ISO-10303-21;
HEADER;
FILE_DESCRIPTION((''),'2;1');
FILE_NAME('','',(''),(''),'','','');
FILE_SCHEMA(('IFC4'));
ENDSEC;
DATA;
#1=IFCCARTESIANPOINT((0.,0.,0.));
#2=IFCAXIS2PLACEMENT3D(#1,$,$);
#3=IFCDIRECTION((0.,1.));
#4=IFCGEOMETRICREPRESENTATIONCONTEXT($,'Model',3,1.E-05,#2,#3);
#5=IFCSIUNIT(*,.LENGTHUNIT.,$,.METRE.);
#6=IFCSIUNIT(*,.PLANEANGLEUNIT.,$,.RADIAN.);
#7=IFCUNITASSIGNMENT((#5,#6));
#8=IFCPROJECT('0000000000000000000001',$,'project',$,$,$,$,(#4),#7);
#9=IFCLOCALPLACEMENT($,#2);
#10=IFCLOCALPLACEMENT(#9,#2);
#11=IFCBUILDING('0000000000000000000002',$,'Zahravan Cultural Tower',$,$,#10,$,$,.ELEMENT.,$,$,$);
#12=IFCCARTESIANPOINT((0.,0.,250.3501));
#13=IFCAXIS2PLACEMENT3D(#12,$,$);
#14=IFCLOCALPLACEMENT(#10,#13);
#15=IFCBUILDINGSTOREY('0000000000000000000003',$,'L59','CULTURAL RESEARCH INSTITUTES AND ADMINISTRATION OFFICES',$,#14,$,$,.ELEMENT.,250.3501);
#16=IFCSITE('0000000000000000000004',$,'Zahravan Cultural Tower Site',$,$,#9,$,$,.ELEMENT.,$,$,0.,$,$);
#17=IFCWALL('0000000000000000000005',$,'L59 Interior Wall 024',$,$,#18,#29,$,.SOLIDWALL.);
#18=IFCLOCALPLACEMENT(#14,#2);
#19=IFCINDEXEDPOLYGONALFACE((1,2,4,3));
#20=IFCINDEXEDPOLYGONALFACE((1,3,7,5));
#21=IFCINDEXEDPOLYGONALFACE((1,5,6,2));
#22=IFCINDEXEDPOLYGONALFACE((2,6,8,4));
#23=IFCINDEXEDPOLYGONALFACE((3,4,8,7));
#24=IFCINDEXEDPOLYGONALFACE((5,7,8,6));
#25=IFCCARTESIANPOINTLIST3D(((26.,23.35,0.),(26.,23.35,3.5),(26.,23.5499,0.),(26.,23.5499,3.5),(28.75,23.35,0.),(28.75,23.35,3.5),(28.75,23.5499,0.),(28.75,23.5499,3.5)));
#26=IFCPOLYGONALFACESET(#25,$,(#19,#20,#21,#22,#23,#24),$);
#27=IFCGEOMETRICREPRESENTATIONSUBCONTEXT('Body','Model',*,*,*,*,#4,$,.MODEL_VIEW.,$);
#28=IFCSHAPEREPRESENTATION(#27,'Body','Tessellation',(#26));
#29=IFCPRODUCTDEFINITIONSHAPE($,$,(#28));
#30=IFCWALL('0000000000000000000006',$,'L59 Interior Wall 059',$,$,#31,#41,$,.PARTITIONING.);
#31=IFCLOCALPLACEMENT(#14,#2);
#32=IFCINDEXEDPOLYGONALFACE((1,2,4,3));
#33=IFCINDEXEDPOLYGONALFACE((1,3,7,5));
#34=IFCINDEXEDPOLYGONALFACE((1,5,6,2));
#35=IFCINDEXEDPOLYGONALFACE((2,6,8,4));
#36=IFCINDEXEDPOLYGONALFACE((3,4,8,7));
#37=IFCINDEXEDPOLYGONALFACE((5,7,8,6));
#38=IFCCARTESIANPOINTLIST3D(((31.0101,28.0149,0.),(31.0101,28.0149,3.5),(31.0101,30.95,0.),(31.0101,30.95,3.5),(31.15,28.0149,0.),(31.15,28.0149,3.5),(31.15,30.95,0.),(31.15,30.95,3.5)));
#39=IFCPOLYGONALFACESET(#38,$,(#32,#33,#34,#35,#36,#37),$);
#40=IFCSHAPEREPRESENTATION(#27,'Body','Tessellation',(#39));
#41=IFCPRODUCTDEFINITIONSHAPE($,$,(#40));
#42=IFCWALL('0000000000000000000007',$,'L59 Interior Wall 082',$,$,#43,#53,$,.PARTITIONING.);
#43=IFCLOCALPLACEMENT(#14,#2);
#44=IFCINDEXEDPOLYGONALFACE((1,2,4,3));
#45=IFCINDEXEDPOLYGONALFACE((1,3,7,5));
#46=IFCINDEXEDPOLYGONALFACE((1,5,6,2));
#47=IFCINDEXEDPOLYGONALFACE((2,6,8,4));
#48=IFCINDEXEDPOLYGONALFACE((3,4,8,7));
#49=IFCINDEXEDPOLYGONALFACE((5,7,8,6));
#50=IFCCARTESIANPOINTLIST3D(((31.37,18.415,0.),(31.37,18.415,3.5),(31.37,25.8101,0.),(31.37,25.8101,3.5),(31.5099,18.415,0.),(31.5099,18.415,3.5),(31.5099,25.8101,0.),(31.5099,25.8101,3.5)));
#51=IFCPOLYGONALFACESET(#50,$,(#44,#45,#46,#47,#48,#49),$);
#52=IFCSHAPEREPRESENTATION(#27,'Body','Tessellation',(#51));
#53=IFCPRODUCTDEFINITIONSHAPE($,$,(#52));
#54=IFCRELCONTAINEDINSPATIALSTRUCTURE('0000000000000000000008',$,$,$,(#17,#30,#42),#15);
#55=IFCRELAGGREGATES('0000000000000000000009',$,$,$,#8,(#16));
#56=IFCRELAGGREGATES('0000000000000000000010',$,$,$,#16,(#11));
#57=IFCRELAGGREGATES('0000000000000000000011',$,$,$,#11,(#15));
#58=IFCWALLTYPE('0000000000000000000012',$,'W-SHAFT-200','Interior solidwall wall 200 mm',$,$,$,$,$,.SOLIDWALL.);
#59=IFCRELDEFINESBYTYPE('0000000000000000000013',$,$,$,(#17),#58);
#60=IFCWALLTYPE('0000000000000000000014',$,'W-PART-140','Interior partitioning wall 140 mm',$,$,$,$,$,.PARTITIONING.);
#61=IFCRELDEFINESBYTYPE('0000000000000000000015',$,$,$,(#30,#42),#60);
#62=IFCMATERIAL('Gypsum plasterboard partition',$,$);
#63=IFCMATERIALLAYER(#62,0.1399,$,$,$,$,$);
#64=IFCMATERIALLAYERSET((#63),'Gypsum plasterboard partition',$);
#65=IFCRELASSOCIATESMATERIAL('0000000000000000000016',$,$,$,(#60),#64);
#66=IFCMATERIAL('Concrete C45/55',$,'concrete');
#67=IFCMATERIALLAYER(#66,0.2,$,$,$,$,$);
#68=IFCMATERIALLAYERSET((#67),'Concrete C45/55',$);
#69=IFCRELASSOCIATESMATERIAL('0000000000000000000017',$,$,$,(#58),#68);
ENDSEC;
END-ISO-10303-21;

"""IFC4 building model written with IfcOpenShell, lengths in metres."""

from ifc_helpers import new_model, si_unit, direction, frame, frame_2d, origin, place, context, subcontext, project, spatial, rectangle, extrude, source, transform, mapped, material, layer, layer_set, type_object, element, save


model = new_model("IFC4")

# Units and contexts
model_context = context("Model", 3, precision=1e-05, world=origin(), true_north=direction((0.0, 1.0)))
body_context = subcontext(model_context, "Body", "Model", "MODEL_VIEW")
ifc_project = project(units=[si_unit("LENGTHUNIT", "METRE"), si_unit("PLANEANGLEUNIT", "RADIAN")], contexts=[model_context])

# Site, building, storey
site_placement = place(None, origin())
site = spatial("IfcSite", under=ifc_project, at=site_placement, Name="Zahravan Cultural Tower Site", CompositionType="ELEMENT", RefElevation=0.0)
building_placement = place(site_placement, origin())
building = spatial("IfcBuilding", under=site, at=building_placement, Name="Zahravan Cultural Tower", CompositionType="ELEMENT")
storey_placement = place(building_placement, frame((0.0, 0.0, 250.3501)))
storey = spatial("IfcBuildingStorey", under=building, at=storey_placement, Name="L59", Description="CULTURAL RESEARCH INSTITUTES AND ADMINISTRATION OFFICES", CompositionType="ELEMENT", Elevation=250.3501)

# Shared definitions
ifc_material_1 = material(Name="Gypsum plasterboard partition")
ifc_layer_1 = layer(ifc_material_1, 0.1399)
ifc_layer_set_1 = layer_set([ifc_layer_1], Name="Gypsum plasterboard partition")
wall_type_1 = type_object("IfcWallType", Name="W-PART-140", Description="Interior partitioning wall 140 mm", PredefinedType="PARTITIONING", material=ifc_layer_set_1)

# Shared definitions
ifc_material_2 = material(Name="Concrete C45/55", Category="concrete")
ifc_layer_2 = layer(ifc_material_2, 0.2)
ifc_layer_set_2 = layer_set([ifc_layer_2], Name="Concrete C45/55")
wall_type_2 = type_object("IfcWallType", Name="W-SHAFT-200", Description="Interior solidwall wall 200 mm", PredefinedType="SOLIDWALL", material=ifc_layer_set_2)

# Walls
shared_shape_1 = source(origin(), body_context, "Body", "SweptSolid", [
    extrude(rectangle(XDim=2.75, YDim=0.2, at=frame_2d((1.375, 0.0))), origin(), (0.0, 0.0, 1.0), 3.5),
])
wall_1_placement = place(storey_placement, frame((26.0, 23.45, 0.0), z_axis=(0.0, 0.0, 1.0), x_axis=(1.0, 0.0, 0.0)))
element("IfcWall", 1, at=wall_1_placement, inside=storey, type_object=wall_type_2, Name="L59 Interior Wall 024", PredefinedType="SOLIDWALL", context=body_context, shape_type="MappedRepresentation", body=[
    mapped(shared_shape_1, transform((0.0, 0.0, 0.0), x_axis=(1.0, 0.0, 0.0), y_axis=(0.0, 1.0, 0.0), z_axis=(0.0, 0.0, 1.0), scale=1.0)),
])
shared_shape_2 = source(origin(), body_context, "Body", "SweptSolid", [
    extrude(rectangle(XDim=2.9351, YDim=0.1399, at=frame_2d((1.4675, 0.0))), origin(), (0.0, 0.0, 1.0), 3.5),
])
wall_2_placement = place(storey_placement, frame((31.0801, 28.0149, 0.0), z_axis=(0.0, 0.0, 1.0), x_axis=(0.0, 1.0, 0.0)))
element("IfcWall", 2, at=wall_2_placement, inside=storey, type_object=wall_type_1, Name="L59 Interior Wall 059", PredefinedType="PARTITIONING", context=body_context, shape_type="MappedRepresentation", body=[
    mapped(shared_shape_2, transform((0.0, 0.0, 0.0), x_axis=(1.0, 0.0, 0.0), y_axis=(0.0, 1.0, 0.0), z_axis=(0.0, 0.0, 1.0), scale=1.0)),
])
shared_shape_3 = source(origin(), body_context, "Body", "SweptSolid", [
    extrude(rectangle(XDim=7.395, YDim=0.1399, at=frame_2d((3.6975, 0.0))), origin(), (0.0, 0.0, 1.0), 3.5),
])
wall_3_placement = place(storey_placement, frame((31.4399, 18.415, 0.0), z_axis=(0.0, 0.0, 1.0), x_axis=(0.0, 1.0, 0.0)))
element("IfcWall", 3, at=wall_3_placement, inside=storey, type_object=wall_type_1, Name="L59 Interior Wall 082", PredefinedType="PARTITIONING", context=body_context, shape_type="MappedRepresentation", body=[
    mapped(shared_shape_3, transform((0.0, 0.0, 0.0), x_axis=(1.0, 0.0, 0.0), y_axis=(0.0, 1.0, 0.0), z_axis=(0.0, 0.0, 1.0), scale=1.0)),
])

save(model, "model.ifc")
